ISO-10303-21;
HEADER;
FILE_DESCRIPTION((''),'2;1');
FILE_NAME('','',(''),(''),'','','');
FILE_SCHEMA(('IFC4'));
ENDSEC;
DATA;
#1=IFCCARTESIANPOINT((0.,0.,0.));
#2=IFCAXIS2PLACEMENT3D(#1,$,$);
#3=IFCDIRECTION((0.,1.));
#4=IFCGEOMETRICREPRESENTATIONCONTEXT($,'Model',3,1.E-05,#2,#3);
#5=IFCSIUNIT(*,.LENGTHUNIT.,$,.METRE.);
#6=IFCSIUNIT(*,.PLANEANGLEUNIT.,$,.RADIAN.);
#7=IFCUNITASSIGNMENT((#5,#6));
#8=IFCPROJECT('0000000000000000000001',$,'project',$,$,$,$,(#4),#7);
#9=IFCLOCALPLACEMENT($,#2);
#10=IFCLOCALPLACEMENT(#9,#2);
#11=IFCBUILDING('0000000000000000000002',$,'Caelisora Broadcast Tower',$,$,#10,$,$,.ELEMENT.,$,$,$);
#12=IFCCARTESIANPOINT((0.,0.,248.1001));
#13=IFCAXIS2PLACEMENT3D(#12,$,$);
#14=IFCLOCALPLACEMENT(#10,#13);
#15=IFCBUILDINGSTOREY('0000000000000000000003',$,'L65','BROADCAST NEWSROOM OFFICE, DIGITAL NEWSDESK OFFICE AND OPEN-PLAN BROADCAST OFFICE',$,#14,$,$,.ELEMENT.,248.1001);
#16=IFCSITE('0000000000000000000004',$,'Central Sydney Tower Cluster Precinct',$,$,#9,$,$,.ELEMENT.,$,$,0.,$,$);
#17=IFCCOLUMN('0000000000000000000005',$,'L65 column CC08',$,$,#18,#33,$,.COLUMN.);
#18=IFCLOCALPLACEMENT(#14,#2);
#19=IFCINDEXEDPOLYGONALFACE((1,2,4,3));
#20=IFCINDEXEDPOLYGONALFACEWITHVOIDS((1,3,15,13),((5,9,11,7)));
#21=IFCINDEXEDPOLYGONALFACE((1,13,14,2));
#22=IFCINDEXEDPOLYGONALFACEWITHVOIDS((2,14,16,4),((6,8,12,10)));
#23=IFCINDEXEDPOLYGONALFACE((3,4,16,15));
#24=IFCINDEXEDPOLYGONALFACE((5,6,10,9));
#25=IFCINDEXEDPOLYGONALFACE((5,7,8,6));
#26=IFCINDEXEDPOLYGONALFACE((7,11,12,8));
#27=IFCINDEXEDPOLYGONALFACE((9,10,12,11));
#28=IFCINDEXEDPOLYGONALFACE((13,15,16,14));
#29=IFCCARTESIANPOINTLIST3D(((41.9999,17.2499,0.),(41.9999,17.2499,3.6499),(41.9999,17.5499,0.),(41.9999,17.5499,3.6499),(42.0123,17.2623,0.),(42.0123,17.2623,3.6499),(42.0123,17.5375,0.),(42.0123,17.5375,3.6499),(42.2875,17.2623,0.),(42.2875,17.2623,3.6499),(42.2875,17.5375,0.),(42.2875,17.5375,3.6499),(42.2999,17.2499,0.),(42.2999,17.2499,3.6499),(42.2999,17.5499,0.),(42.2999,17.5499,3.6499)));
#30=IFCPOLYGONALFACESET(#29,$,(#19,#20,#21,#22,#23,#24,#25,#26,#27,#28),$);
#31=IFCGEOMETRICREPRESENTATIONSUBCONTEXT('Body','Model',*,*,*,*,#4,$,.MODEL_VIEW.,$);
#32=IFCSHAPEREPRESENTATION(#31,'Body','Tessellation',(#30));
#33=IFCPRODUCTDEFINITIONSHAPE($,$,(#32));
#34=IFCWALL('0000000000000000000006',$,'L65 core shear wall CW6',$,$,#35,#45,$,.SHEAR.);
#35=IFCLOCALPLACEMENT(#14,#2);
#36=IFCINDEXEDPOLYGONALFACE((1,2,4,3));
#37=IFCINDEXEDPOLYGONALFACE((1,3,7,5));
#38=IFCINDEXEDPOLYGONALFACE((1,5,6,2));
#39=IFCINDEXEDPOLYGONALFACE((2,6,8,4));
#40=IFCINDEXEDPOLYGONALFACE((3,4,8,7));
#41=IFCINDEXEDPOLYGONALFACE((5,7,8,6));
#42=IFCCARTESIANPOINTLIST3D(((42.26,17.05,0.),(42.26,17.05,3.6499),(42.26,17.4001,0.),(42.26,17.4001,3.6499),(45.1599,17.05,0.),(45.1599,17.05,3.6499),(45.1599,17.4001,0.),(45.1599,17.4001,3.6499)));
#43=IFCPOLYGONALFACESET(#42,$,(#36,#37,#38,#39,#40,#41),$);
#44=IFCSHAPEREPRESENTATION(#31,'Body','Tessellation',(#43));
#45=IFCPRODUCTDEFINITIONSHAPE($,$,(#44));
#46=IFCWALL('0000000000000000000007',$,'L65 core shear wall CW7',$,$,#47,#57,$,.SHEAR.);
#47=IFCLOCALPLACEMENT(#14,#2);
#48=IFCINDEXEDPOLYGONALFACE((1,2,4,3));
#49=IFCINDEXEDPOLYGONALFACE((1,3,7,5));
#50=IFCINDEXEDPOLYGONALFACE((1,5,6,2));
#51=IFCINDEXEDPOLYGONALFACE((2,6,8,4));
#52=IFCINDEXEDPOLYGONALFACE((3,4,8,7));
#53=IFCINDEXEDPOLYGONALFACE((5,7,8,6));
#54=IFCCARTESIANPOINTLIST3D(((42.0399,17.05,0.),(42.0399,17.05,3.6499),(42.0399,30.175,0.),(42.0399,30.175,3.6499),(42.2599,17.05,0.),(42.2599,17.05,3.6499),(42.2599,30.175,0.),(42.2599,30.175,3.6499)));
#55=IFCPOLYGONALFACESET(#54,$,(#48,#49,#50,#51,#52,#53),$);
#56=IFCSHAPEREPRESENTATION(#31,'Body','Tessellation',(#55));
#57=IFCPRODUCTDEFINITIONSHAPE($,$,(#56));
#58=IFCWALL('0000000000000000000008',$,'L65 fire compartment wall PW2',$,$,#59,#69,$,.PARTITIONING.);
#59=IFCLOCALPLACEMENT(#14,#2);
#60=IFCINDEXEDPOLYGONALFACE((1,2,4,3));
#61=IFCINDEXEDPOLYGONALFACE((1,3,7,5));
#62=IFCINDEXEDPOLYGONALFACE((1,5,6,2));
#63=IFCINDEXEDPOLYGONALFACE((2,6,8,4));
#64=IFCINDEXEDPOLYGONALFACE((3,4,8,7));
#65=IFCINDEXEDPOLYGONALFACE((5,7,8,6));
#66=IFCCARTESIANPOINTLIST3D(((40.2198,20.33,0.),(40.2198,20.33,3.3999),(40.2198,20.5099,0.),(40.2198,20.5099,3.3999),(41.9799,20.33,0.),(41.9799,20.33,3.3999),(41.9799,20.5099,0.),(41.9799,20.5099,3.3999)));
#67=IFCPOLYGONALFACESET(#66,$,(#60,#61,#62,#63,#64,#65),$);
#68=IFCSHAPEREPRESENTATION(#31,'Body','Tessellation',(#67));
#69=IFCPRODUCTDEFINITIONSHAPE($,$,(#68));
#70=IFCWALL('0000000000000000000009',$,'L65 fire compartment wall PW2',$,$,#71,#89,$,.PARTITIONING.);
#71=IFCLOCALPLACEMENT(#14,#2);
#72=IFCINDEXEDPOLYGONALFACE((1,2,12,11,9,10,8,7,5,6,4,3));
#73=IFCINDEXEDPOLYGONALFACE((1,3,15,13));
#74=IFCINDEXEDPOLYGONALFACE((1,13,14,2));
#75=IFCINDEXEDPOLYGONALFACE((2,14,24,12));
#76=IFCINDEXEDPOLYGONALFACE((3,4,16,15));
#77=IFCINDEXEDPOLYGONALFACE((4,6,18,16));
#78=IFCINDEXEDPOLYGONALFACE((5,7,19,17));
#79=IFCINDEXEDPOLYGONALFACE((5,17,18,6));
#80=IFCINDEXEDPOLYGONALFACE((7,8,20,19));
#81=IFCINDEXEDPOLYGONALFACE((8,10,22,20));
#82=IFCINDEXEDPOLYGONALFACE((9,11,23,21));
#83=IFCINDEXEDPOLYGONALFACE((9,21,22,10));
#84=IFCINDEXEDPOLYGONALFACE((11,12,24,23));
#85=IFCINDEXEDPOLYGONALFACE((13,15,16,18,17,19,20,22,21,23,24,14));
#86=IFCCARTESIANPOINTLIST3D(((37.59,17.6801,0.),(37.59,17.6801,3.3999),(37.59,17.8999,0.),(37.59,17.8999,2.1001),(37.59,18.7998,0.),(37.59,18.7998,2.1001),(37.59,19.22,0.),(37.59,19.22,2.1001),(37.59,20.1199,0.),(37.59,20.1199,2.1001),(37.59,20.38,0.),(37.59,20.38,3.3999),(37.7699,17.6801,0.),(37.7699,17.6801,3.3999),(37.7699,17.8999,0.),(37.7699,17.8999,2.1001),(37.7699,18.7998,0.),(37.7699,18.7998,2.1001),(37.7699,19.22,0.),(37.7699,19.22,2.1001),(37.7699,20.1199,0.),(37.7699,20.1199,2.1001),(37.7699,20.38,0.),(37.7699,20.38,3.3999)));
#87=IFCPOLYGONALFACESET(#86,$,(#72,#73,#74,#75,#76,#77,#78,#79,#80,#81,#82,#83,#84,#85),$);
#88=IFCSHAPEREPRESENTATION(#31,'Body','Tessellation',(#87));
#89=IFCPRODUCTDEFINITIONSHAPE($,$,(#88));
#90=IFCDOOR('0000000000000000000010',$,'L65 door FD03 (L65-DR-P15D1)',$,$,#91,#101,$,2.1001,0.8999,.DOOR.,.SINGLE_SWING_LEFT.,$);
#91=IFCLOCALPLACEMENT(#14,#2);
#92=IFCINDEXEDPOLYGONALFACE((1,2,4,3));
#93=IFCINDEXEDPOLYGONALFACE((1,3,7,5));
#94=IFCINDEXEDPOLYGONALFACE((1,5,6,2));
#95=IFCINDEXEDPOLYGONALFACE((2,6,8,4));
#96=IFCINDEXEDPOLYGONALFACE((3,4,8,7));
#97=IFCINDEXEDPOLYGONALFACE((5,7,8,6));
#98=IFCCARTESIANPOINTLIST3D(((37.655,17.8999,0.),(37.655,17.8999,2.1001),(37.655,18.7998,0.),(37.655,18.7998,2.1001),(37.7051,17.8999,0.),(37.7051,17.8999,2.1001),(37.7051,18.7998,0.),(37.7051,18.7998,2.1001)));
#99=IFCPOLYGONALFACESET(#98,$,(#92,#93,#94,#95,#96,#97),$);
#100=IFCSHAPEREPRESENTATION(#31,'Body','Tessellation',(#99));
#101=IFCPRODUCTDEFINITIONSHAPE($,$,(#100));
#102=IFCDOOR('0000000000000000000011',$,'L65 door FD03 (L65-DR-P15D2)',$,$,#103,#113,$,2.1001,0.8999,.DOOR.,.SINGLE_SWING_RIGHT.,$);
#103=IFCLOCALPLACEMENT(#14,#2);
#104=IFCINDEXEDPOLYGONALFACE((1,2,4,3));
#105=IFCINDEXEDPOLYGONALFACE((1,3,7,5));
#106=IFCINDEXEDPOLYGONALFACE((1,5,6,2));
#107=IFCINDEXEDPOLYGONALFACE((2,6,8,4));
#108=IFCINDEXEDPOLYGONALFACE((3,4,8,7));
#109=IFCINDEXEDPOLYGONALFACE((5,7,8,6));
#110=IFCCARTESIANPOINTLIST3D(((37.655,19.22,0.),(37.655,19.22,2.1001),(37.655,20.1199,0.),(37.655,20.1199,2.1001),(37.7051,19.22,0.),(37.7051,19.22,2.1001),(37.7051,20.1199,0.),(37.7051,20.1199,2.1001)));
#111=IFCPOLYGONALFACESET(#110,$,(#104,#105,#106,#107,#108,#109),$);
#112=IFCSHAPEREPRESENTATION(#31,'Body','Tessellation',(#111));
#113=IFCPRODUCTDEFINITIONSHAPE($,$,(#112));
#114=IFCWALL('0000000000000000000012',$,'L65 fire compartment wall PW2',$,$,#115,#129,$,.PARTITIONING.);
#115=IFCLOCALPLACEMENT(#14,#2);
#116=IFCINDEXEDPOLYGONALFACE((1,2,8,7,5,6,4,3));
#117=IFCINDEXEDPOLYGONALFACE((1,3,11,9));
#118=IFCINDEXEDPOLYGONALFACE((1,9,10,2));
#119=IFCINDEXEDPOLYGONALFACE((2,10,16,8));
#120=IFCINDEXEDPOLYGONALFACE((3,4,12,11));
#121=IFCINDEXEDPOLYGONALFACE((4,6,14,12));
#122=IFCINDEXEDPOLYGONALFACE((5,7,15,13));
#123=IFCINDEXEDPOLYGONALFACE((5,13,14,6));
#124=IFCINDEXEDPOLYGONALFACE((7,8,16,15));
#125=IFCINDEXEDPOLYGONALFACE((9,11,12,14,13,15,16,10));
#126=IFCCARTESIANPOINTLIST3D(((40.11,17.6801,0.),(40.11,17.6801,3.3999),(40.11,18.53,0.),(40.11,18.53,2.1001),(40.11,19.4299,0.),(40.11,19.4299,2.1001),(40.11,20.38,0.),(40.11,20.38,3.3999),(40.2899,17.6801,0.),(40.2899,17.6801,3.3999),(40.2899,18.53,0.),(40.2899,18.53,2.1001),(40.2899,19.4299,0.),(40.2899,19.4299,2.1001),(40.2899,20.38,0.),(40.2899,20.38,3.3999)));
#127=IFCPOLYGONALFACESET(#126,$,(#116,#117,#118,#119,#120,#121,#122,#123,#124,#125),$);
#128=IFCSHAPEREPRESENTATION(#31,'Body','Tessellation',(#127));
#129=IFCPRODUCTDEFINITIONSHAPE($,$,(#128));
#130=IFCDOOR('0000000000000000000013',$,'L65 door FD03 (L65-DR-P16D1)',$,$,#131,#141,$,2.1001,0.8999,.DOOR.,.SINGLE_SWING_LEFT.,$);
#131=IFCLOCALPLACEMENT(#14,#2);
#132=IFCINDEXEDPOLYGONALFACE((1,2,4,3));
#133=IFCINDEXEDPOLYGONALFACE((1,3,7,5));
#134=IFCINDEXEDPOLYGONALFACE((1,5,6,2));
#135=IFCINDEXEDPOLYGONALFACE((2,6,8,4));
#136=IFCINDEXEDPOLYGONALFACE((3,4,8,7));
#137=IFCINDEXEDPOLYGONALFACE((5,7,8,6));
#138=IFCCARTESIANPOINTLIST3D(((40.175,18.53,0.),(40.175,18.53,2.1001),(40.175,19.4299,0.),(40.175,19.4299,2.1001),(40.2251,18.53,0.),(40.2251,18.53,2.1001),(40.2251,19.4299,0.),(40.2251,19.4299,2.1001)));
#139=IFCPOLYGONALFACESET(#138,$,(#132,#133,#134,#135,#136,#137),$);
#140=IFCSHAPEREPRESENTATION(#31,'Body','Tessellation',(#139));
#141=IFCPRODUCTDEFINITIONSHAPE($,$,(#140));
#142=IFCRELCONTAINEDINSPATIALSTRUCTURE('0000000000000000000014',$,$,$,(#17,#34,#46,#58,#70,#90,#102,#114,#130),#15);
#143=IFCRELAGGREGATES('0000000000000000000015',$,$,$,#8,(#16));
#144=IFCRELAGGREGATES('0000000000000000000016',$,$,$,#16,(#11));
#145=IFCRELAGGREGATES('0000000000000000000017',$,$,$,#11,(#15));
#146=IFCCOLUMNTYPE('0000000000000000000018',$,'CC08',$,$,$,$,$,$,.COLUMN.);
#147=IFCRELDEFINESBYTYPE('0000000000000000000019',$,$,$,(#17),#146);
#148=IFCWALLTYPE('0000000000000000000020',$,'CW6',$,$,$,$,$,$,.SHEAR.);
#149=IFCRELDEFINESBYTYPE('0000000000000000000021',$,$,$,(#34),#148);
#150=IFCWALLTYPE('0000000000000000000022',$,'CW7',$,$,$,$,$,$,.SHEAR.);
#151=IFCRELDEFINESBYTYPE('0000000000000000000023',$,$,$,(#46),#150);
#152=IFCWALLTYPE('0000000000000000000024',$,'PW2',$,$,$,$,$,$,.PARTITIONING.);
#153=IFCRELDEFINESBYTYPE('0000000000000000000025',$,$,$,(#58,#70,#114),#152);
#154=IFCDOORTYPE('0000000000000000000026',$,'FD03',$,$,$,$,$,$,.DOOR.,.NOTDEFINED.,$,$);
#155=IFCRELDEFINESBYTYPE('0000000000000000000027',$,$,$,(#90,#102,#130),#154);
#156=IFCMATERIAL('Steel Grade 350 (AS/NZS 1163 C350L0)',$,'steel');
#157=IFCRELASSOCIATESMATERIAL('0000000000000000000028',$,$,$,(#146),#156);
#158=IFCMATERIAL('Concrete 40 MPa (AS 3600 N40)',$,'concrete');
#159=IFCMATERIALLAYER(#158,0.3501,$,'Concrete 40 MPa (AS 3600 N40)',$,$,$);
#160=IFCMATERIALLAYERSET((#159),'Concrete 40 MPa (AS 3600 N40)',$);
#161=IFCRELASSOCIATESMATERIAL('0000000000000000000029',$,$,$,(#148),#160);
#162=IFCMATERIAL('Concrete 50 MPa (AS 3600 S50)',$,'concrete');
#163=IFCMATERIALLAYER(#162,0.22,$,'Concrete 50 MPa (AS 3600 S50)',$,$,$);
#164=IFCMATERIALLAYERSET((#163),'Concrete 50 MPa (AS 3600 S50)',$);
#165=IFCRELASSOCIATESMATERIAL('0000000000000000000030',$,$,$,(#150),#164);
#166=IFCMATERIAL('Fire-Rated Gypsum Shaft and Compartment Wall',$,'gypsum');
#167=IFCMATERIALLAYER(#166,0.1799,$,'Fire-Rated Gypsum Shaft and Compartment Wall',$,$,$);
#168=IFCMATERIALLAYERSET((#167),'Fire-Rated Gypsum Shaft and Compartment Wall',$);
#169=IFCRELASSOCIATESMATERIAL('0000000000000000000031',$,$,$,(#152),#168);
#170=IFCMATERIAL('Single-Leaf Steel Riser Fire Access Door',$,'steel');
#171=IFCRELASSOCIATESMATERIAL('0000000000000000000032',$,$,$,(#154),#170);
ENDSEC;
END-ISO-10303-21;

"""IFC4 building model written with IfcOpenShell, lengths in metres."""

from ifc_helpers import new_model, si_unit, direction, frame, frame_2d, origin, origin_2d, place, context, subcontext, project, spatial, rectangle, hollow_rectangle, extrude, source, transform, mapped, material, layer, layer_set, material_profile, profile_set, type_object, type_shapes, element, fill, save


model = new_model("IFC4")

# Units and contexts
model_context = context("Model", 3, precision=1e-05, world=origin(), true_north=direction((0.0, 1.0)))
body_context = subcontext(model_context, "Body", "Model", "MODEL_VIEW")
ifc_project = project(units=[si_unit("LENGTHUNIT", "METRE"), si_unit("PLANEANGLEUNIT", "RADIAN")], contexts=[model_context])

# Site, building, storey
site_placement = place(None, origin())
site = spatial("IfcSite", under=ifc_project, at=site_placement, Name="Central Sydney Tower Cluster Precinct", CompositionType="ELEMENT", RefElevation=0.0)
building_placement = place(site_placement, origin())
building = spatial("IfcBuilding", under=site, at=building_placement, Name="Caelisora Broadcast Tower", CompositionType="ELEMENT")
storey_placement = place(building_placement, frame((0.0, 0.0, 248.1001)))
storey = spatial("IfcBuildingStorey", under=building, at=storey_placement, Name="L65", Description="BROADCAST NEWSROOM OFFICE, DIGITAL NEWSDESK OFFICE AND OPEN-PLAN BROADCAST OFFICE", CompositionType="ELEMENT", Elevation=248.1001)

# Column
ifc_material_1 = material(Name="Steel Grade 350 (AS/NZS 1163 C350L0)", Category="steel")
ifc_material_profile = material_profile(ifc_material_1, hollow_rectangle(XDim=0.3, YDim=0.3, WallThickness=0.0125, at=origin_2d()), Name="Steel Grade 350 (AS/NZS 1163 C350L0)")
ifc_profile_set = profile_set([ifc_material_profile], Name="Steel Grade 350 (AS/NZS 1163 C350L0)")
column_type = type_object("IfcColumnType", Name="CC08", PredefinedType="COLUMN", material=ifc_profile_set)
shared_shape = source(origin(), body_context, "Body", "SweptSolid", [
    extrude(hollow_rectangle(XDim=0.3, YDim=0.3, WallThickness=0.0125, at=origin_2d()), origin(), (0.0, 0.0, 1.0), 3.6499),
])
type_shapes(column_type, [shared_shape])
column_placement = place(storey_placement, frame((42.1499, 17.3999, 0.0), z_axis=(0.0, 0.0, 1.0), x_axis=(1.0, 0.0, 0.0)))
element("IfcColumn", 1, at=column_placement, inside=storey, type_object=column_type, Name="L65 column CC08", PredefinedType="COLUMN", context=body_context, shape_type="MappedRepresentation", body=[
    mapped(shared_shape, transform((0.0, 0.0, 0.0), scale=1.0)),
])

# Walls
ifc_material_2 = material(Name="Concrete 40 MPa (AS 3600 N40)", Category="concrete")
ifc_layer_1 = layer(ifc_material_2, 0.3501, Name="Concrete 40 MPa (AS 3600 N40)")
ifc_layer_set_1 = layer_set([ifc_layer_1], Name="Concrete 40 MPa (AS 3600 N40)")
wall_type_1 = type_object("IfcWallType", Name="CW6", PredefinedType="SHEAR", material=ifc_layer_set_1)
wall_1_placement = place(storey_placement, frame((42.26, 17.2251, 0.0), z_axis=(0.0, 0.0, 1.0), x_axis=(1.0, 0.0, 0.0)))
element("IfcWall", 2, at=wall_1_placement, inside=storey, type_object=wall_type_1, Name="L65 core shear wall CW6", PredefinedType="SHEAR", context=body_context, shape_type="SweptSolid", body=[
    extrude(rectangle(XDim=2.8999, YDim=0.3501, at=frame_2d((1.45, 0.0))), origin(), (0.0, 0.0, 1.0), 3.6499),
])
ifc_material_3 = material(Name="Concrete 50 MPa (AS 3600 S50)", Category="concrete")
ifc_layer_2 = layer(ifc_material_3, 0.22, Name="Concrete 50 MPa (AS 3600 S50)")
ifc_layer_set_2 = layer_set([ifc_layer_2], Name="Concrete 50 MPa (AS 3600 S50)")
wall_type_2 = type_object("IfcWallType", Name="CW7", PredefinedType="SHEAR", material=ifc_layer_set_2)
wall_2_placement = place(storey_placement, frame((42.1499, 17.05, 0.0), z_axis=(0.0, 0.0, 1.0), x_axis=(0.0, 1.0, 0.0)))
element("IfcWall", 3, at=wall_2_placement, inside=storey, type_object=wall_type_2, Name="L65 core shear wall CW7", PredefinedType="SHEAR", context=body_context, shape_type="SweptSolid", body=[
    extrude(rectangle(XDim=13.125, YDim=0.22, at=frame_2d((6.5625, 0.0))), origin(), (0.0, 0.0, 1.0), 3.6499),
])
ifc_material_4 = material(Name="Fire-Rated Gypsum Shaft and Compartment Wall", Category="gypsum")
ifc_layer_3 = layer(ifc_material_4, 0.1799, Name="Fire-Rated Gypsum Shaft and Compartment Wall")
ifc_layer_set_3 = layer_set([ifc_layer_3], Name="Fire-Rated Gypsum Shaft and Compartment Wall")
wall_type_3 = type_object("IfcWallType", Name="PW2", PredefinedType="PARTITIONING", material=ifc_layer_set_3)
wall_3_placement = place(storey_placement, frame((40.22, 20.4199, 0.0), z_axis=(0.0, 0.0, 1.0), x_axis=(1.0, 0.0, 0.0)))
element("IfcWall", 4, at=wall_3_placement, inside=storey, type_object=wall_type_3, Name="L65 fire compartment wall PW2", PredefinedType="PARTITIONING", context=body_context, shape_type="SweptSolid", body=[
    extrude(rectangle(XDim=1.76, YDim=0.1799, at=frame_2d((0.8799, 0.0))), origin(), (0.0, 0.0, 1.0), 3.3999),
])

# Wall, openings, doors
wall_4_placement = place(storey_placement, frame((37.6799, 17.6799, 0.0), z_axis=(0.0, 0.0, 1.0), x_axis=(0.0, 1.0, 0.0)))
wall_4 = element("IfcWall", 5, at=wall_4_placement, inside=storey, type_object=wall_type_3, Name="L65 fire compartment wall PW2", PredefinedType="PARTITIONING", context=body_context, shape_type="SweptSolid", body=[
    extrude(rectangle(XDim=2.7, YDim=0.1799, at=frame_2d((1.3501, 0.0))), origin(), (0.0, 0.0, 1.0), 3.3999),
])
opening_1_placement = place(wall_4_placement, frame((0.22, 0.0, 0.0)))
opening_1 = element("IfcOpeningElement", 6, at=opening_1_placement, cuts=wall_4, PredefinedType="OPENING", context=body_context, shape_type="SweptSolid", body=[
    extrude(rectangle(XDim=0.8999, YDim=2.1001, at=frame_2d((0.45, 1.05))), frame((0.0, 0.1021, 0.0), z_axis=(0.0, -1.0, 0.0), x_axis=(1.0, 0.0, 0.0)), (0.0, 0.0, 1.0), 0.2039),
])
opening_2_placement = place(wall_4_placement, frame((1.54, 0.0, 0.0)))
opening_2 = element("IfcOpeningElement", 7, at=opening_2_placement, cuts=wall_4, PredefinedType="OPENING", context=body_context, shape_type="SweptSolid", body=[
    extrude(rectangle(XDim=0.8999, YDim=2.1001, at=frame_2d((0.45, 1.05))), frame((0.0, 0.1021, 0.0), z_axis=(0.0, -1.0, 0.0), x_axis=(1.0, 0.0, 0.0)), (0.0, 0.0, 1.0), 0.2039),
])
ifc_material_5 = material(Name="Single-Leaf Steel Riser Fire Access Door", Category="steel")
door_type_1 = type_object("IfcDoorType", Name="FD03", OperationType="NOTDEFINED", PredefinedType="DOOR", material=ifc_material_5)
door_1_placement = place(opening_1_placement, origin())
door_1 = element("IfcDoor", 8, at=door_1_placement, inside=storey, type_object=door_type_1, Name="L65 door FD03 (L65-DR-P15D1)", OperationType="SINGLE_SWING_LEFT", OverallHeight=2.1001, OverallWidth=0.8999, PredefinedType="DOOR", context=body_context, shape_type="SweptSolid", body=[
    extrude(rectangle(XDim=0.8999, YDim=2.1001, at=frame_2d((0.45, 1.05))), frame((0.0, 0.0249, 0.0), z_axis=(0.0, -1.0, 0.0), x_axis=(1.0, 0.0, 0.0)), (0.0, 0.0, 1.0), 0.05),
])
fill(opening_1, door_1)
door_2_placement = place(opening_2_placement, origin())
door_2 = element("IfcDoor", 9, at=door_2_placement, inside=storey, type_object=door_type_1, Name="L65 door FD03 (L65-DR-P15D2)", OperationType="SINGLE_SWING_RIGHT", OverallHeight=2.1001, OverallWidth=0.8999, PredefinedType="DOOR", context=body_context, shape_type="SweptSolid", body=[
    extrude(rectangle(XDim=0.8999, YDim=2.1001, at=frame_2d((0.45, 1.05))), frame((0.0, 0.0249, 0.0), z_axis=(0.0, -1.0, 0.0), x_axis=(1.0, 0.0, 0.0)), (0.0, 0.0, 1.0), 0.05),
])
fill(opening_2, door_2)

# Wall, opening, door
wall_5_placement = place(storey_placement, frame((40.2, 17.6799, 0.0), z_axis=(0.0, 0.0, 1.0), x_axis=(0.0, 1.0, 0.0)))
wall_5 = element("IfcWall", 10, at=wall_5_placement, inside=storey, type_object=wall_type_3, Name="L65 fire compartment wall PW2", PredefinedType="PARTITIONING", context=body_context, shape_type="SweptSolid", body=[
    extrude(rectangle(XDim=2.7, YDim=0.1799, at=frame_2d((1.3501, 0.0))), origin(), (0.0, 0.0, 1.0), 3.3999),
])
opening_3_placement = place(wall_5_placement, frame((0.8501, 0.0, 0.0)))
opening_3 = element("IfcOpeningElement", 11, at=opening_3_placement, cuts=wall_5, PredefinedType="OPENING", context=body_context, shape_type="SweptSolid", body=[
    extrude(rectangle(XDim=0.8999, YDim=2.1001, at=frame_2d((0.45, 1.05))), frame((0.0, 0.1021, 0.0), z_axis=(0.0, -1.0, 0.0), x_axis=(1.0, 0.0, 0.0)), (0.0, 0.0, 1.0), 0.2039),
])
door_3_placement = place(opening_3_placement, origin())
door_3 = element("IfcDoor", 12, at=door_3_placement, inside=storey, type_object=door_type_1, Name="L65 door FD03 (L65-DR-P16D1)", OperationType="SINGLE_SWING_LEFT", OverallHeight=2.1001, OverallWidth=0.8999, PredefinedType="DOOR", context=body_context, shape_type="SweptSolid", body=[
    extrude(rectangle(XDim=0.8999, YDim=2.1001, at=frame_2d((0.45, 1.05))), frame((0.0, 0.0249, 0.0), z_axis=(0.0, -1.0, 0.0), x_axis=(1.0, 0.0, 0.0)), (0.0, 0.0, 1.0), 0.05),
])
fill(opening_3, door_3)

save(model, "model.ifc")
